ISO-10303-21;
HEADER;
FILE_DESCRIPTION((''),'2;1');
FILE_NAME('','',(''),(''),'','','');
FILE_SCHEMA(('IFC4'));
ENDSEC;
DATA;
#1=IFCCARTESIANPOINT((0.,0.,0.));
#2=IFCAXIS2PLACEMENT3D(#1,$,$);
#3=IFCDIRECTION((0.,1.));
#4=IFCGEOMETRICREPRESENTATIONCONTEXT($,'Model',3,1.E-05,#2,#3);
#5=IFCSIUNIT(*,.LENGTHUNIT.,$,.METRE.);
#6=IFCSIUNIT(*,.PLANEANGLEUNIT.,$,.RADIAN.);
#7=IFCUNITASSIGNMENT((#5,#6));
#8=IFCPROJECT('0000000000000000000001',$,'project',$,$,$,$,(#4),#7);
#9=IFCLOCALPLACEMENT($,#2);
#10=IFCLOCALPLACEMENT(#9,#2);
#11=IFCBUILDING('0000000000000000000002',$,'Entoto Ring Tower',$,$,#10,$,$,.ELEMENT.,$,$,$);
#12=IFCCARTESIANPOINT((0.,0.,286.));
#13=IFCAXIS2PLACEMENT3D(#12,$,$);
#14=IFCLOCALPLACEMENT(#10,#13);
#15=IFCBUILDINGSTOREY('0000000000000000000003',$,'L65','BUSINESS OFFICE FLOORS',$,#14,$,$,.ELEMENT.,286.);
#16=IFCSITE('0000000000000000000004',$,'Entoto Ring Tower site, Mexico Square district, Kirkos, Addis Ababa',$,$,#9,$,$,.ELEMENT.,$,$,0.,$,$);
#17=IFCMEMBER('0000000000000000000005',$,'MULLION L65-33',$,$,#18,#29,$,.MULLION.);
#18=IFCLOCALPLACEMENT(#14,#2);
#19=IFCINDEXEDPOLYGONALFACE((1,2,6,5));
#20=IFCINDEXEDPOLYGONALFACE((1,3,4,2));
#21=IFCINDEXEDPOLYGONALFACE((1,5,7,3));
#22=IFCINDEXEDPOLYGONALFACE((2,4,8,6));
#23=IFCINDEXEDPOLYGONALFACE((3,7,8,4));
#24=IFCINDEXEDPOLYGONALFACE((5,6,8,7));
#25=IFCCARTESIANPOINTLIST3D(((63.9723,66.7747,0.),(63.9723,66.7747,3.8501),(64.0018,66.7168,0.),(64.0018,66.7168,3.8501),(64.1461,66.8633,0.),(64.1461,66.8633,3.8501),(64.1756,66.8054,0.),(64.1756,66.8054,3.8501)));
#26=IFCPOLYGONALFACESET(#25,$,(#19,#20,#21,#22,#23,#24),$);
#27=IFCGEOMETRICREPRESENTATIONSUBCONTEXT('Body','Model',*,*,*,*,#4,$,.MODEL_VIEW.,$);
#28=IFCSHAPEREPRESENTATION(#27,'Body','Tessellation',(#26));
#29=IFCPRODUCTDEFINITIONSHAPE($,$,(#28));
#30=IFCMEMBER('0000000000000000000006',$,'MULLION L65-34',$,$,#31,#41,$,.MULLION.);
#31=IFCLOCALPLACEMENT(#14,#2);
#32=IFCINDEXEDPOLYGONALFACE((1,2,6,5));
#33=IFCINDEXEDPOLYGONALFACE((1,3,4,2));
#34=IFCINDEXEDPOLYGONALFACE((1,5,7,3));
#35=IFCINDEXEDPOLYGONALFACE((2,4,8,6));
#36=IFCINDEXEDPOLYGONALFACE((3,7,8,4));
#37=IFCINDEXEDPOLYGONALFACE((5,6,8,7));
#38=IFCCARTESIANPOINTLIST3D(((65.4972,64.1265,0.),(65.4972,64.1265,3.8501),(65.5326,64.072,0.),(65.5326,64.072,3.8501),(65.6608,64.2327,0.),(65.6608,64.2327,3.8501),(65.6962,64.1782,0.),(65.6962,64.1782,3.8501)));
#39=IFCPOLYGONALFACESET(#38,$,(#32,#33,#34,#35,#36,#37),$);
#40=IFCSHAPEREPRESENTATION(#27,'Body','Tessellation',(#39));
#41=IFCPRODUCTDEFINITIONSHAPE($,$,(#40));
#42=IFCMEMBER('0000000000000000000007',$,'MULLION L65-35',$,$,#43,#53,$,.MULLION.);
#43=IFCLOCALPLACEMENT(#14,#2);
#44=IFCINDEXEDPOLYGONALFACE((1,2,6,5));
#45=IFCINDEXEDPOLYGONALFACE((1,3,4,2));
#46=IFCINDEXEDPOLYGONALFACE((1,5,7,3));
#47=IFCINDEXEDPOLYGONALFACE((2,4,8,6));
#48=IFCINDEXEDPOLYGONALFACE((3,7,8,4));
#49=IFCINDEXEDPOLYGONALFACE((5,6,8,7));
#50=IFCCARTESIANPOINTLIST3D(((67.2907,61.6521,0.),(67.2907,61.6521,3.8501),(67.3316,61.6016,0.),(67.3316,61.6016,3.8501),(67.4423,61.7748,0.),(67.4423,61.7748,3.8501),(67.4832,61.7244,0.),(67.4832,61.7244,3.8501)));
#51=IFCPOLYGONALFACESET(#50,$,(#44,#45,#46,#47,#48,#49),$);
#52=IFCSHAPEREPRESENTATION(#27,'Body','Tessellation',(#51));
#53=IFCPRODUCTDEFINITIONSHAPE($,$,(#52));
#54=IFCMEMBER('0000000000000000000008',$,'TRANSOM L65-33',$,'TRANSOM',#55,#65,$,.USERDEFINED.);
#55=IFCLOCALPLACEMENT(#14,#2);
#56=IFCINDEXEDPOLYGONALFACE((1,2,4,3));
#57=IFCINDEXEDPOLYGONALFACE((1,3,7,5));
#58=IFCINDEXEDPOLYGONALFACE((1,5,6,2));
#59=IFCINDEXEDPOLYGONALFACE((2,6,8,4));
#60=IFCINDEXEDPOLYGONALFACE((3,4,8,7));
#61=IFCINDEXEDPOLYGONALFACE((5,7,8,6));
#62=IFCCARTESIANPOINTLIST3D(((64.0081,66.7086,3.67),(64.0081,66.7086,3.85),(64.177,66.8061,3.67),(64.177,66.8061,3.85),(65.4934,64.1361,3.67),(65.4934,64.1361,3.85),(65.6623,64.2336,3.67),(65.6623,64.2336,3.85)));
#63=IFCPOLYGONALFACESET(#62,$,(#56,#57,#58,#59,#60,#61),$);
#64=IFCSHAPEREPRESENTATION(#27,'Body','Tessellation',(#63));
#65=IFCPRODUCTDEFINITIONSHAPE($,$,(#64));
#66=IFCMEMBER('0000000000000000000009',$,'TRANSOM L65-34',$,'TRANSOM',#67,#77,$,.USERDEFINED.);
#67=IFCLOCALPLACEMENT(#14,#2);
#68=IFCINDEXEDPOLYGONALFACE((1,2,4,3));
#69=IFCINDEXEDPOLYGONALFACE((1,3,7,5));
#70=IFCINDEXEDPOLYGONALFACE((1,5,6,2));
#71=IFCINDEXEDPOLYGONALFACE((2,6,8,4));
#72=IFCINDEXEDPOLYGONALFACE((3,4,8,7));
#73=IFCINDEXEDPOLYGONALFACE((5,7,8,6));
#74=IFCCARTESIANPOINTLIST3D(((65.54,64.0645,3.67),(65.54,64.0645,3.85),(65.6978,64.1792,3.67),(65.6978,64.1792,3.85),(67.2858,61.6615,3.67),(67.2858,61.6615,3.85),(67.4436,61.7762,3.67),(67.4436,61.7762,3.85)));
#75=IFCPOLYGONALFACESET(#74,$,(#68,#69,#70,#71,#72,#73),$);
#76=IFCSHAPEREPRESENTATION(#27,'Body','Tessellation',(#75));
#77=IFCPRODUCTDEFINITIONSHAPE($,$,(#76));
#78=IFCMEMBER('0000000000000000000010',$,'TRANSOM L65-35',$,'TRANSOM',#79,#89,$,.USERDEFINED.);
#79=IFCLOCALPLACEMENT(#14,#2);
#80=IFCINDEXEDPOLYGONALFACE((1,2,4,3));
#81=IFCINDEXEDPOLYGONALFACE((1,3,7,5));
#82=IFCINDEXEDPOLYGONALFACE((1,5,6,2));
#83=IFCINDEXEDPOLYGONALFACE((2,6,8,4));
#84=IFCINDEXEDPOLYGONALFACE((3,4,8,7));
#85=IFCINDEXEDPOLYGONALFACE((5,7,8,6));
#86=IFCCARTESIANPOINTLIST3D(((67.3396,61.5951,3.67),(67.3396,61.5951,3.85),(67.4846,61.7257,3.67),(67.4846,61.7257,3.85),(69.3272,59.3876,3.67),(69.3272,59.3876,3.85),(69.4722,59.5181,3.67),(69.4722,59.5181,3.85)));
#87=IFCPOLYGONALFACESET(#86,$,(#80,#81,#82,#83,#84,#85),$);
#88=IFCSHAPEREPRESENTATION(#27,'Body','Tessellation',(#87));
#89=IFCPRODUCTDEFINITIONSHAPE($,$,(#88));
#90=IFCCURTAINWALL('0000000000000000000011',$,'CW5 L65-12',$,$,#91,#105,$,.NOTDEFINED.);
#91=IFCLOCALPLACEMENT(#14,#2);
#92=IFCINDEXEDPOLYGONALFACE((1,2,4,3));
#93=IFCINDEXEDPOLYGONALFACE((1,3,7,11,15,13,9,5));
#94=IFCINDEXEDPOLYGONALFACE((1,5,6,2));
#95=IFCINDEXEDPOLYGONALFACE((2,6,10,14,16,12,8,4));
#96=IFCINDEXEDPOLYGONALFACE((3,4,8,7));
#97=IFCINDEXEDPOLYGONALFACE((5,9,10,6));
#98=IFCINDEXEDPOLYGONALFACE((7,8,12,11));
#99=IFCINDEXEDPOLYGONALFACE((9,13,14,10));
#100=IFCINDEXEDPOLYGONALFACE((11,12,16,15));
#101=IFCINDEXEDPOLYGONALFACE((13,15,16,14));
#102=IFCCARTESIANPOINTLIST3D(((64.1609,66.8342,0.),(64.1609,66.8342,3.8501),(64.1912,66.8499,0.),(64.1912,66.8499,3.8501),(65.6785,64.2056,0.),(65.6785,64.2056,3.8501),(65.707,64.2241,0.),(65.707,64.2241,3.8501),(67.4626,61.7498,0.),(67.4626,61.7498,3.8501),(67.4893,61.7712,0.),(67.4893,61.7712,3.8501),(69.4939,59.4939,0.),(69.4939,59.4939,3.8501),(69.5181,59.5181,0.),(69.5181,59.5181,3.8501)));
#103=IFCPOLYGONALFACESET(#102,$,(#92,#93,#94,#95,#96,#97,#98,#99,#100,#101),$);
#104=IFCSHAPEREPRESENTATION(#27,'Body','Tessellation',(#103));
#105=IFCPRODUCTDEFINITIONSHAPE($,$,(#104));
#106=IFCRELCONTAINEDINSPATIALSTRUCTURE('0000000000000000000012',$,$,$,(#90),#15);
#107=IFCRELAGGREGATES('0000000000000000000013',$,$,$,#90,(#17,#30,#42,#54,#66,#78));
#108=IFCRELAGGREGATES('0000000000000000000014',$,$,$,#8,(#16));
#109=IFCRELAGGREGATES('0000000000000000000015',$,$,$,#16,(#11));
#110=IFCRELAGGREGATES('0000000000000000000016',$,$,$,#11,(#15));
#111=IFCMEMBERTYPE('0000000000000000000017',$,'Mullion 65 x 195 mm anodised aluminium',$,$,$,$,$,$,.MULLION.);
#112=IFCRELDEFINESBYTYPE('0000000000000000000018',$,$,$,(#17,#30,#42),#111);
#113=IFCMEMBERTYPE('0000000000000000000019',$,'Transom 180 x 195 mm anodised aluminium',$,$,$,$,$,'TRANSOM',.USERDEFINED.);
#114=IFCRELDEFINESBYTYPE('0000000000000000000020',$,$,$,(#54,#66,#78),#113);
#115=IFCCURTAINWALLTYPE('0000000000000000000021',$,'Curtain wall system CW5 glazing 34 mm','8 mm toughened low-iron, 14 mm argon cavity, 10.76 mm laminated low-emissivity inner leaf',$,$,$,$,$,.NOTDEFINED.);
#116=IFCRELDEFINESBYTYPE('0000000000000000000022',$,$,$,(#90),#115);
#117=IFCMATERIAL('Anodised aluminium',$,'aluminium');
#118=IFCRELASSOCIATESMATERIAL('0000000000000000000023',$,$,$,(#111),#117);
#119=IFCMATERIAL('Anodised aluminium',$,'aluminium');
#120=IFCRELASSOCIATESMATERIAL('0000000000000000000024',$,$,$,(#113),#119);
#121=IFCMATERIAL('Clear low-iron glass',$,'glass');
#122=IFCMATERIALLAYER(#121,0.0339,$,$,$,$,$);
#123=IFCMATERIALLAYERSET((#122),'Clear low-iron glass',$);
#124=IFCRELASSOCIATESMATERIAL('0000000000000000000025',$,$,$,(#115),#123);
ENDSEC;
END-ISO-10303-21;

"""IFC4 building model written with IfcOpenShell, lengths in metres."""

from ifc_helpers import new_model, si_unit, direction, frame, origin, origin_2d, place, context, subcontext, project, spatial, polyline, rectangle, outline, extrude, material, layer, layer_set, material_profile, profile_set, type_object, element, aggregate, save


model = new_model("IFC4")

# Units and contexts
model_context = context("Model", 3, precision=1e-05, world=origin(), true_north=direction((0.0, 1.0)))
body_context = subcontext(model_context, "Body", "Model", "MODEL_VIEW")
ifc_project = project(units=[si_unit("LENGTHUNIT", "METRE"), si_unit("PLANEANGLEUNIT", "RADIAN")], contexts=[model_context])

# Members
ifc_material_1 = material(Name="Anodised aluminium", Category="aluminium")
ifc_material_profile_1 = material_profile(ifc_material_1, rectangle(XDim=0.0649, YDim=0.1951, at=origin_2d()), Name="Mullion 65 x 195 mm anodised aluminium")
ifc_profile_set_1 = profile_set([ifc_material_profile_1], Name="Anodised aluminium")
member_type_1 = type_object("IfcMemberType", Name="Mullion 65 x 195 mm anodised aluminium", PredefinedType="MULLION", material=ifc_profile_set_1)
site_placement = place(None, origin())
building_placement = place(site_placement, origin())
storey_placement = place(building_placement, frame((0.0, 0.0, 286.0)))
member_1_placement = place(storey_placement, frame((64.074, 66.79, 0.0), z_axis=(0.0, 0.0, 1.0), x_axis=(0.45399, -0.891007, 0.0)))
member_1 = element("IfcMember", 1, at=member_1_placement, type_object=member_type_1, Name="MULLION L65-33", PredefinedType="MULLION", context=body_context, shape_type="SweptSolid", body=[
    extrude(rectangle(XDim=0.0649, YDim=0.1951, at=origin_2d()), origin(), (0.0, 0.0, 1.0), 3.8501),
])
member_2_placement = place(storey_placement, frame((65.5967, 64.1523, 0.0), z_axis=(0.0, 0.0, 1.0), x_axis=(0.544639, -0.838671, 0.0)))
member_2 = element("IfcMember", 2, at=member_2_placement, type_object=member_type_1, Name="MULLION L65-34", PredefinedType="MULLION", context=body_context, shape_type="SweptSolid", body=[
    extrude(rectangle(XDim=0.0649, YDim=0.1951, at=origin_2d()), origin(), (0.0, 0.0, 1.0), 3.8501),
])
member_3_placement = place(storey_placement, frame((67.387, 61.6882, 0.0), z_axis=(0.0, 0.0, 1.0), x_axis=(0.62932, -0.777146, 0.0)))
member_3 = element("IfcMember", 3, at=member_3_placement, type_object=member_type_1, Name="MULLION L65-35", PredefinedType="MULLION", context=body_context, shape_type="SweptSolid", body=[
    extrude(rectangle(XDim=0.0649, YDim=0.1951, at=origin_2d()), origin(), (0.0, 0.0, 1.0), 3.8501),
])
ifc_material_2 = material(Name="Anodised aluminium", Category="aluminium")
ifc_material_profile_2 = material_profile(ifc_material_2, rectangle(XDim=0.1951, YDim=0.1799, at=origin_2d()), Name="Transom 180 x 195 mm anodised aluminium")
ifc_profile_set_2 = profile_set([ifc_material_profile_2], Name="Anodised aluminium")
member_type_2 = type_object("IfcMemberType", Name="Transom 180 x 195 mm anodised aluminium", ElementType="TRANSOM", PredefinedType="USERDEFINED", material=ifc_profile_set_2)
member_4_placement = place(storey_placement, frame((64.0925, 66.7573, 3.76), z_axis=(0.500028, -0.866009, 0.0), x_axis=(0.866009, 0.500028, 0.0)))
member_4 = element("IfcMember", 4, at=member_4_placement, type_object=member_type_2, Name="TRANSOM L65-33", ObjectType="TRANSOM", PredefinedType="USERDEFINED", context=body_context, shape_type="SweptSolid", body=[
    extrude(rectangle(XDim=0.1951, YDim=0.1799, at=origin_2d()), origin(), (0.0, 0.0, 1.0), 2.9705),
])
member_5_placement = place(storey_placement, frame((65.6189, 64.1218, 3.76), z_axis=(0.587766, -0.809031, 0.0), x_axis=(0.809031, 0.587766, 0.0)))
member_5 = element("IfcMember", 5, at=member_5_placement, type_object=member_type_2, Name="TRANSOM L65-34", ObjectType="TRANSOM", PredefinedType="USERDEFINED", context=body_context, shape_type="SweptSolid", body=[
    extrude(rectangle(XDim=0.1951, YDim=0.1799, at=origin_2d()), origin(), (0.0, 0.0, 1.0), 2.9702),
])
member_6_placement = place(storey_placement, frame((67.4121, 61.6604, 3.76), z_axis=(0.66911, -0.743163, 0.0), x_axis=(0.743163, 0.66911, 0.0)))
member_6 = element("IfcMember", 6, at=member_6_placement, type_object=member_type_2, Name="TRANSOM L65-35", ObjectType="TRANSOM", PredefinedType="USERDEFINED", context=body_context, shape_type="SweptSolid", body=[
    extrude(rectangle(XDim=0.1951, YDim=0.1799, at=origin_2d()), origin(), (0.0, 0.0, 1.0), 2.9705),
])

# Site, building, storey
site = spatial("IfcSite", under=ifc_project, at=site_placement, Name="Entoto Ring Tower site, Mexico Square district, Kirkos, Addis Ababa", CompositionType="ELEMENT", RefElevation=0.0)
building = spatial("IfcBuilding", under=site, at=building_placement, Name="Entoto Ring Tower", CompositionType="ELEMENT")
storey = spatial("IfcBuildingStorey", under=building, at=storey_placement, Name="L65", Description="BUSINESS OFFICE FLOORS", CompositionType="ELEMENT", Elevation=286.0)

# Curtain wall
ifc_material_3 = material(Name="Clear low-iron glass", Category="glass")
ifc_layer = layer(ifc_material_3, 0.0339)
ifc_layer_set = layer_set([ifc_layer], Name="Clear low-iron glass")
curtain_wall_type = type_object("IfcCurtainWallType", Name="Curtain wall system CW5 glazing 34 mm", Description="8 mm toughened low-iron, 14 mm argon cavity, 10.76 mm laminated low-emissivity inner leaf", PredefinedType="NOTDEFINED", material=ifc_layer_set)
curtain_wall_1_placement = place(storey_placement, origin())
curtain_wall_1 = element("IfcCurtainWall", 7, at=curtain_wall_1_placement, inside=storey, type_object=curtain_wall_type, Name="CW5 L65-12", PredefinedType="NOTDEFINED", context=body_context, shape_type="SweptSolid", body=[
    extrude(outline(polyline([(64.1609, 66.8342), (65.6785, 64.2056), (67.4626, 61.7498), (69.4939, 59.4939), (69.5181, 59.5181), (67.4893, 61.7712), (65.707, 64.2241), (64.1912, 66.8499), (64.1609, 66.8342)])), origin(), (0.0, 0.0, 1.0), 3.8501),
])
aggregate(curtain_wall_1, [member_1, member_2, member_3, member_4, member_5, member_6])

save(model, "model.ifc")
